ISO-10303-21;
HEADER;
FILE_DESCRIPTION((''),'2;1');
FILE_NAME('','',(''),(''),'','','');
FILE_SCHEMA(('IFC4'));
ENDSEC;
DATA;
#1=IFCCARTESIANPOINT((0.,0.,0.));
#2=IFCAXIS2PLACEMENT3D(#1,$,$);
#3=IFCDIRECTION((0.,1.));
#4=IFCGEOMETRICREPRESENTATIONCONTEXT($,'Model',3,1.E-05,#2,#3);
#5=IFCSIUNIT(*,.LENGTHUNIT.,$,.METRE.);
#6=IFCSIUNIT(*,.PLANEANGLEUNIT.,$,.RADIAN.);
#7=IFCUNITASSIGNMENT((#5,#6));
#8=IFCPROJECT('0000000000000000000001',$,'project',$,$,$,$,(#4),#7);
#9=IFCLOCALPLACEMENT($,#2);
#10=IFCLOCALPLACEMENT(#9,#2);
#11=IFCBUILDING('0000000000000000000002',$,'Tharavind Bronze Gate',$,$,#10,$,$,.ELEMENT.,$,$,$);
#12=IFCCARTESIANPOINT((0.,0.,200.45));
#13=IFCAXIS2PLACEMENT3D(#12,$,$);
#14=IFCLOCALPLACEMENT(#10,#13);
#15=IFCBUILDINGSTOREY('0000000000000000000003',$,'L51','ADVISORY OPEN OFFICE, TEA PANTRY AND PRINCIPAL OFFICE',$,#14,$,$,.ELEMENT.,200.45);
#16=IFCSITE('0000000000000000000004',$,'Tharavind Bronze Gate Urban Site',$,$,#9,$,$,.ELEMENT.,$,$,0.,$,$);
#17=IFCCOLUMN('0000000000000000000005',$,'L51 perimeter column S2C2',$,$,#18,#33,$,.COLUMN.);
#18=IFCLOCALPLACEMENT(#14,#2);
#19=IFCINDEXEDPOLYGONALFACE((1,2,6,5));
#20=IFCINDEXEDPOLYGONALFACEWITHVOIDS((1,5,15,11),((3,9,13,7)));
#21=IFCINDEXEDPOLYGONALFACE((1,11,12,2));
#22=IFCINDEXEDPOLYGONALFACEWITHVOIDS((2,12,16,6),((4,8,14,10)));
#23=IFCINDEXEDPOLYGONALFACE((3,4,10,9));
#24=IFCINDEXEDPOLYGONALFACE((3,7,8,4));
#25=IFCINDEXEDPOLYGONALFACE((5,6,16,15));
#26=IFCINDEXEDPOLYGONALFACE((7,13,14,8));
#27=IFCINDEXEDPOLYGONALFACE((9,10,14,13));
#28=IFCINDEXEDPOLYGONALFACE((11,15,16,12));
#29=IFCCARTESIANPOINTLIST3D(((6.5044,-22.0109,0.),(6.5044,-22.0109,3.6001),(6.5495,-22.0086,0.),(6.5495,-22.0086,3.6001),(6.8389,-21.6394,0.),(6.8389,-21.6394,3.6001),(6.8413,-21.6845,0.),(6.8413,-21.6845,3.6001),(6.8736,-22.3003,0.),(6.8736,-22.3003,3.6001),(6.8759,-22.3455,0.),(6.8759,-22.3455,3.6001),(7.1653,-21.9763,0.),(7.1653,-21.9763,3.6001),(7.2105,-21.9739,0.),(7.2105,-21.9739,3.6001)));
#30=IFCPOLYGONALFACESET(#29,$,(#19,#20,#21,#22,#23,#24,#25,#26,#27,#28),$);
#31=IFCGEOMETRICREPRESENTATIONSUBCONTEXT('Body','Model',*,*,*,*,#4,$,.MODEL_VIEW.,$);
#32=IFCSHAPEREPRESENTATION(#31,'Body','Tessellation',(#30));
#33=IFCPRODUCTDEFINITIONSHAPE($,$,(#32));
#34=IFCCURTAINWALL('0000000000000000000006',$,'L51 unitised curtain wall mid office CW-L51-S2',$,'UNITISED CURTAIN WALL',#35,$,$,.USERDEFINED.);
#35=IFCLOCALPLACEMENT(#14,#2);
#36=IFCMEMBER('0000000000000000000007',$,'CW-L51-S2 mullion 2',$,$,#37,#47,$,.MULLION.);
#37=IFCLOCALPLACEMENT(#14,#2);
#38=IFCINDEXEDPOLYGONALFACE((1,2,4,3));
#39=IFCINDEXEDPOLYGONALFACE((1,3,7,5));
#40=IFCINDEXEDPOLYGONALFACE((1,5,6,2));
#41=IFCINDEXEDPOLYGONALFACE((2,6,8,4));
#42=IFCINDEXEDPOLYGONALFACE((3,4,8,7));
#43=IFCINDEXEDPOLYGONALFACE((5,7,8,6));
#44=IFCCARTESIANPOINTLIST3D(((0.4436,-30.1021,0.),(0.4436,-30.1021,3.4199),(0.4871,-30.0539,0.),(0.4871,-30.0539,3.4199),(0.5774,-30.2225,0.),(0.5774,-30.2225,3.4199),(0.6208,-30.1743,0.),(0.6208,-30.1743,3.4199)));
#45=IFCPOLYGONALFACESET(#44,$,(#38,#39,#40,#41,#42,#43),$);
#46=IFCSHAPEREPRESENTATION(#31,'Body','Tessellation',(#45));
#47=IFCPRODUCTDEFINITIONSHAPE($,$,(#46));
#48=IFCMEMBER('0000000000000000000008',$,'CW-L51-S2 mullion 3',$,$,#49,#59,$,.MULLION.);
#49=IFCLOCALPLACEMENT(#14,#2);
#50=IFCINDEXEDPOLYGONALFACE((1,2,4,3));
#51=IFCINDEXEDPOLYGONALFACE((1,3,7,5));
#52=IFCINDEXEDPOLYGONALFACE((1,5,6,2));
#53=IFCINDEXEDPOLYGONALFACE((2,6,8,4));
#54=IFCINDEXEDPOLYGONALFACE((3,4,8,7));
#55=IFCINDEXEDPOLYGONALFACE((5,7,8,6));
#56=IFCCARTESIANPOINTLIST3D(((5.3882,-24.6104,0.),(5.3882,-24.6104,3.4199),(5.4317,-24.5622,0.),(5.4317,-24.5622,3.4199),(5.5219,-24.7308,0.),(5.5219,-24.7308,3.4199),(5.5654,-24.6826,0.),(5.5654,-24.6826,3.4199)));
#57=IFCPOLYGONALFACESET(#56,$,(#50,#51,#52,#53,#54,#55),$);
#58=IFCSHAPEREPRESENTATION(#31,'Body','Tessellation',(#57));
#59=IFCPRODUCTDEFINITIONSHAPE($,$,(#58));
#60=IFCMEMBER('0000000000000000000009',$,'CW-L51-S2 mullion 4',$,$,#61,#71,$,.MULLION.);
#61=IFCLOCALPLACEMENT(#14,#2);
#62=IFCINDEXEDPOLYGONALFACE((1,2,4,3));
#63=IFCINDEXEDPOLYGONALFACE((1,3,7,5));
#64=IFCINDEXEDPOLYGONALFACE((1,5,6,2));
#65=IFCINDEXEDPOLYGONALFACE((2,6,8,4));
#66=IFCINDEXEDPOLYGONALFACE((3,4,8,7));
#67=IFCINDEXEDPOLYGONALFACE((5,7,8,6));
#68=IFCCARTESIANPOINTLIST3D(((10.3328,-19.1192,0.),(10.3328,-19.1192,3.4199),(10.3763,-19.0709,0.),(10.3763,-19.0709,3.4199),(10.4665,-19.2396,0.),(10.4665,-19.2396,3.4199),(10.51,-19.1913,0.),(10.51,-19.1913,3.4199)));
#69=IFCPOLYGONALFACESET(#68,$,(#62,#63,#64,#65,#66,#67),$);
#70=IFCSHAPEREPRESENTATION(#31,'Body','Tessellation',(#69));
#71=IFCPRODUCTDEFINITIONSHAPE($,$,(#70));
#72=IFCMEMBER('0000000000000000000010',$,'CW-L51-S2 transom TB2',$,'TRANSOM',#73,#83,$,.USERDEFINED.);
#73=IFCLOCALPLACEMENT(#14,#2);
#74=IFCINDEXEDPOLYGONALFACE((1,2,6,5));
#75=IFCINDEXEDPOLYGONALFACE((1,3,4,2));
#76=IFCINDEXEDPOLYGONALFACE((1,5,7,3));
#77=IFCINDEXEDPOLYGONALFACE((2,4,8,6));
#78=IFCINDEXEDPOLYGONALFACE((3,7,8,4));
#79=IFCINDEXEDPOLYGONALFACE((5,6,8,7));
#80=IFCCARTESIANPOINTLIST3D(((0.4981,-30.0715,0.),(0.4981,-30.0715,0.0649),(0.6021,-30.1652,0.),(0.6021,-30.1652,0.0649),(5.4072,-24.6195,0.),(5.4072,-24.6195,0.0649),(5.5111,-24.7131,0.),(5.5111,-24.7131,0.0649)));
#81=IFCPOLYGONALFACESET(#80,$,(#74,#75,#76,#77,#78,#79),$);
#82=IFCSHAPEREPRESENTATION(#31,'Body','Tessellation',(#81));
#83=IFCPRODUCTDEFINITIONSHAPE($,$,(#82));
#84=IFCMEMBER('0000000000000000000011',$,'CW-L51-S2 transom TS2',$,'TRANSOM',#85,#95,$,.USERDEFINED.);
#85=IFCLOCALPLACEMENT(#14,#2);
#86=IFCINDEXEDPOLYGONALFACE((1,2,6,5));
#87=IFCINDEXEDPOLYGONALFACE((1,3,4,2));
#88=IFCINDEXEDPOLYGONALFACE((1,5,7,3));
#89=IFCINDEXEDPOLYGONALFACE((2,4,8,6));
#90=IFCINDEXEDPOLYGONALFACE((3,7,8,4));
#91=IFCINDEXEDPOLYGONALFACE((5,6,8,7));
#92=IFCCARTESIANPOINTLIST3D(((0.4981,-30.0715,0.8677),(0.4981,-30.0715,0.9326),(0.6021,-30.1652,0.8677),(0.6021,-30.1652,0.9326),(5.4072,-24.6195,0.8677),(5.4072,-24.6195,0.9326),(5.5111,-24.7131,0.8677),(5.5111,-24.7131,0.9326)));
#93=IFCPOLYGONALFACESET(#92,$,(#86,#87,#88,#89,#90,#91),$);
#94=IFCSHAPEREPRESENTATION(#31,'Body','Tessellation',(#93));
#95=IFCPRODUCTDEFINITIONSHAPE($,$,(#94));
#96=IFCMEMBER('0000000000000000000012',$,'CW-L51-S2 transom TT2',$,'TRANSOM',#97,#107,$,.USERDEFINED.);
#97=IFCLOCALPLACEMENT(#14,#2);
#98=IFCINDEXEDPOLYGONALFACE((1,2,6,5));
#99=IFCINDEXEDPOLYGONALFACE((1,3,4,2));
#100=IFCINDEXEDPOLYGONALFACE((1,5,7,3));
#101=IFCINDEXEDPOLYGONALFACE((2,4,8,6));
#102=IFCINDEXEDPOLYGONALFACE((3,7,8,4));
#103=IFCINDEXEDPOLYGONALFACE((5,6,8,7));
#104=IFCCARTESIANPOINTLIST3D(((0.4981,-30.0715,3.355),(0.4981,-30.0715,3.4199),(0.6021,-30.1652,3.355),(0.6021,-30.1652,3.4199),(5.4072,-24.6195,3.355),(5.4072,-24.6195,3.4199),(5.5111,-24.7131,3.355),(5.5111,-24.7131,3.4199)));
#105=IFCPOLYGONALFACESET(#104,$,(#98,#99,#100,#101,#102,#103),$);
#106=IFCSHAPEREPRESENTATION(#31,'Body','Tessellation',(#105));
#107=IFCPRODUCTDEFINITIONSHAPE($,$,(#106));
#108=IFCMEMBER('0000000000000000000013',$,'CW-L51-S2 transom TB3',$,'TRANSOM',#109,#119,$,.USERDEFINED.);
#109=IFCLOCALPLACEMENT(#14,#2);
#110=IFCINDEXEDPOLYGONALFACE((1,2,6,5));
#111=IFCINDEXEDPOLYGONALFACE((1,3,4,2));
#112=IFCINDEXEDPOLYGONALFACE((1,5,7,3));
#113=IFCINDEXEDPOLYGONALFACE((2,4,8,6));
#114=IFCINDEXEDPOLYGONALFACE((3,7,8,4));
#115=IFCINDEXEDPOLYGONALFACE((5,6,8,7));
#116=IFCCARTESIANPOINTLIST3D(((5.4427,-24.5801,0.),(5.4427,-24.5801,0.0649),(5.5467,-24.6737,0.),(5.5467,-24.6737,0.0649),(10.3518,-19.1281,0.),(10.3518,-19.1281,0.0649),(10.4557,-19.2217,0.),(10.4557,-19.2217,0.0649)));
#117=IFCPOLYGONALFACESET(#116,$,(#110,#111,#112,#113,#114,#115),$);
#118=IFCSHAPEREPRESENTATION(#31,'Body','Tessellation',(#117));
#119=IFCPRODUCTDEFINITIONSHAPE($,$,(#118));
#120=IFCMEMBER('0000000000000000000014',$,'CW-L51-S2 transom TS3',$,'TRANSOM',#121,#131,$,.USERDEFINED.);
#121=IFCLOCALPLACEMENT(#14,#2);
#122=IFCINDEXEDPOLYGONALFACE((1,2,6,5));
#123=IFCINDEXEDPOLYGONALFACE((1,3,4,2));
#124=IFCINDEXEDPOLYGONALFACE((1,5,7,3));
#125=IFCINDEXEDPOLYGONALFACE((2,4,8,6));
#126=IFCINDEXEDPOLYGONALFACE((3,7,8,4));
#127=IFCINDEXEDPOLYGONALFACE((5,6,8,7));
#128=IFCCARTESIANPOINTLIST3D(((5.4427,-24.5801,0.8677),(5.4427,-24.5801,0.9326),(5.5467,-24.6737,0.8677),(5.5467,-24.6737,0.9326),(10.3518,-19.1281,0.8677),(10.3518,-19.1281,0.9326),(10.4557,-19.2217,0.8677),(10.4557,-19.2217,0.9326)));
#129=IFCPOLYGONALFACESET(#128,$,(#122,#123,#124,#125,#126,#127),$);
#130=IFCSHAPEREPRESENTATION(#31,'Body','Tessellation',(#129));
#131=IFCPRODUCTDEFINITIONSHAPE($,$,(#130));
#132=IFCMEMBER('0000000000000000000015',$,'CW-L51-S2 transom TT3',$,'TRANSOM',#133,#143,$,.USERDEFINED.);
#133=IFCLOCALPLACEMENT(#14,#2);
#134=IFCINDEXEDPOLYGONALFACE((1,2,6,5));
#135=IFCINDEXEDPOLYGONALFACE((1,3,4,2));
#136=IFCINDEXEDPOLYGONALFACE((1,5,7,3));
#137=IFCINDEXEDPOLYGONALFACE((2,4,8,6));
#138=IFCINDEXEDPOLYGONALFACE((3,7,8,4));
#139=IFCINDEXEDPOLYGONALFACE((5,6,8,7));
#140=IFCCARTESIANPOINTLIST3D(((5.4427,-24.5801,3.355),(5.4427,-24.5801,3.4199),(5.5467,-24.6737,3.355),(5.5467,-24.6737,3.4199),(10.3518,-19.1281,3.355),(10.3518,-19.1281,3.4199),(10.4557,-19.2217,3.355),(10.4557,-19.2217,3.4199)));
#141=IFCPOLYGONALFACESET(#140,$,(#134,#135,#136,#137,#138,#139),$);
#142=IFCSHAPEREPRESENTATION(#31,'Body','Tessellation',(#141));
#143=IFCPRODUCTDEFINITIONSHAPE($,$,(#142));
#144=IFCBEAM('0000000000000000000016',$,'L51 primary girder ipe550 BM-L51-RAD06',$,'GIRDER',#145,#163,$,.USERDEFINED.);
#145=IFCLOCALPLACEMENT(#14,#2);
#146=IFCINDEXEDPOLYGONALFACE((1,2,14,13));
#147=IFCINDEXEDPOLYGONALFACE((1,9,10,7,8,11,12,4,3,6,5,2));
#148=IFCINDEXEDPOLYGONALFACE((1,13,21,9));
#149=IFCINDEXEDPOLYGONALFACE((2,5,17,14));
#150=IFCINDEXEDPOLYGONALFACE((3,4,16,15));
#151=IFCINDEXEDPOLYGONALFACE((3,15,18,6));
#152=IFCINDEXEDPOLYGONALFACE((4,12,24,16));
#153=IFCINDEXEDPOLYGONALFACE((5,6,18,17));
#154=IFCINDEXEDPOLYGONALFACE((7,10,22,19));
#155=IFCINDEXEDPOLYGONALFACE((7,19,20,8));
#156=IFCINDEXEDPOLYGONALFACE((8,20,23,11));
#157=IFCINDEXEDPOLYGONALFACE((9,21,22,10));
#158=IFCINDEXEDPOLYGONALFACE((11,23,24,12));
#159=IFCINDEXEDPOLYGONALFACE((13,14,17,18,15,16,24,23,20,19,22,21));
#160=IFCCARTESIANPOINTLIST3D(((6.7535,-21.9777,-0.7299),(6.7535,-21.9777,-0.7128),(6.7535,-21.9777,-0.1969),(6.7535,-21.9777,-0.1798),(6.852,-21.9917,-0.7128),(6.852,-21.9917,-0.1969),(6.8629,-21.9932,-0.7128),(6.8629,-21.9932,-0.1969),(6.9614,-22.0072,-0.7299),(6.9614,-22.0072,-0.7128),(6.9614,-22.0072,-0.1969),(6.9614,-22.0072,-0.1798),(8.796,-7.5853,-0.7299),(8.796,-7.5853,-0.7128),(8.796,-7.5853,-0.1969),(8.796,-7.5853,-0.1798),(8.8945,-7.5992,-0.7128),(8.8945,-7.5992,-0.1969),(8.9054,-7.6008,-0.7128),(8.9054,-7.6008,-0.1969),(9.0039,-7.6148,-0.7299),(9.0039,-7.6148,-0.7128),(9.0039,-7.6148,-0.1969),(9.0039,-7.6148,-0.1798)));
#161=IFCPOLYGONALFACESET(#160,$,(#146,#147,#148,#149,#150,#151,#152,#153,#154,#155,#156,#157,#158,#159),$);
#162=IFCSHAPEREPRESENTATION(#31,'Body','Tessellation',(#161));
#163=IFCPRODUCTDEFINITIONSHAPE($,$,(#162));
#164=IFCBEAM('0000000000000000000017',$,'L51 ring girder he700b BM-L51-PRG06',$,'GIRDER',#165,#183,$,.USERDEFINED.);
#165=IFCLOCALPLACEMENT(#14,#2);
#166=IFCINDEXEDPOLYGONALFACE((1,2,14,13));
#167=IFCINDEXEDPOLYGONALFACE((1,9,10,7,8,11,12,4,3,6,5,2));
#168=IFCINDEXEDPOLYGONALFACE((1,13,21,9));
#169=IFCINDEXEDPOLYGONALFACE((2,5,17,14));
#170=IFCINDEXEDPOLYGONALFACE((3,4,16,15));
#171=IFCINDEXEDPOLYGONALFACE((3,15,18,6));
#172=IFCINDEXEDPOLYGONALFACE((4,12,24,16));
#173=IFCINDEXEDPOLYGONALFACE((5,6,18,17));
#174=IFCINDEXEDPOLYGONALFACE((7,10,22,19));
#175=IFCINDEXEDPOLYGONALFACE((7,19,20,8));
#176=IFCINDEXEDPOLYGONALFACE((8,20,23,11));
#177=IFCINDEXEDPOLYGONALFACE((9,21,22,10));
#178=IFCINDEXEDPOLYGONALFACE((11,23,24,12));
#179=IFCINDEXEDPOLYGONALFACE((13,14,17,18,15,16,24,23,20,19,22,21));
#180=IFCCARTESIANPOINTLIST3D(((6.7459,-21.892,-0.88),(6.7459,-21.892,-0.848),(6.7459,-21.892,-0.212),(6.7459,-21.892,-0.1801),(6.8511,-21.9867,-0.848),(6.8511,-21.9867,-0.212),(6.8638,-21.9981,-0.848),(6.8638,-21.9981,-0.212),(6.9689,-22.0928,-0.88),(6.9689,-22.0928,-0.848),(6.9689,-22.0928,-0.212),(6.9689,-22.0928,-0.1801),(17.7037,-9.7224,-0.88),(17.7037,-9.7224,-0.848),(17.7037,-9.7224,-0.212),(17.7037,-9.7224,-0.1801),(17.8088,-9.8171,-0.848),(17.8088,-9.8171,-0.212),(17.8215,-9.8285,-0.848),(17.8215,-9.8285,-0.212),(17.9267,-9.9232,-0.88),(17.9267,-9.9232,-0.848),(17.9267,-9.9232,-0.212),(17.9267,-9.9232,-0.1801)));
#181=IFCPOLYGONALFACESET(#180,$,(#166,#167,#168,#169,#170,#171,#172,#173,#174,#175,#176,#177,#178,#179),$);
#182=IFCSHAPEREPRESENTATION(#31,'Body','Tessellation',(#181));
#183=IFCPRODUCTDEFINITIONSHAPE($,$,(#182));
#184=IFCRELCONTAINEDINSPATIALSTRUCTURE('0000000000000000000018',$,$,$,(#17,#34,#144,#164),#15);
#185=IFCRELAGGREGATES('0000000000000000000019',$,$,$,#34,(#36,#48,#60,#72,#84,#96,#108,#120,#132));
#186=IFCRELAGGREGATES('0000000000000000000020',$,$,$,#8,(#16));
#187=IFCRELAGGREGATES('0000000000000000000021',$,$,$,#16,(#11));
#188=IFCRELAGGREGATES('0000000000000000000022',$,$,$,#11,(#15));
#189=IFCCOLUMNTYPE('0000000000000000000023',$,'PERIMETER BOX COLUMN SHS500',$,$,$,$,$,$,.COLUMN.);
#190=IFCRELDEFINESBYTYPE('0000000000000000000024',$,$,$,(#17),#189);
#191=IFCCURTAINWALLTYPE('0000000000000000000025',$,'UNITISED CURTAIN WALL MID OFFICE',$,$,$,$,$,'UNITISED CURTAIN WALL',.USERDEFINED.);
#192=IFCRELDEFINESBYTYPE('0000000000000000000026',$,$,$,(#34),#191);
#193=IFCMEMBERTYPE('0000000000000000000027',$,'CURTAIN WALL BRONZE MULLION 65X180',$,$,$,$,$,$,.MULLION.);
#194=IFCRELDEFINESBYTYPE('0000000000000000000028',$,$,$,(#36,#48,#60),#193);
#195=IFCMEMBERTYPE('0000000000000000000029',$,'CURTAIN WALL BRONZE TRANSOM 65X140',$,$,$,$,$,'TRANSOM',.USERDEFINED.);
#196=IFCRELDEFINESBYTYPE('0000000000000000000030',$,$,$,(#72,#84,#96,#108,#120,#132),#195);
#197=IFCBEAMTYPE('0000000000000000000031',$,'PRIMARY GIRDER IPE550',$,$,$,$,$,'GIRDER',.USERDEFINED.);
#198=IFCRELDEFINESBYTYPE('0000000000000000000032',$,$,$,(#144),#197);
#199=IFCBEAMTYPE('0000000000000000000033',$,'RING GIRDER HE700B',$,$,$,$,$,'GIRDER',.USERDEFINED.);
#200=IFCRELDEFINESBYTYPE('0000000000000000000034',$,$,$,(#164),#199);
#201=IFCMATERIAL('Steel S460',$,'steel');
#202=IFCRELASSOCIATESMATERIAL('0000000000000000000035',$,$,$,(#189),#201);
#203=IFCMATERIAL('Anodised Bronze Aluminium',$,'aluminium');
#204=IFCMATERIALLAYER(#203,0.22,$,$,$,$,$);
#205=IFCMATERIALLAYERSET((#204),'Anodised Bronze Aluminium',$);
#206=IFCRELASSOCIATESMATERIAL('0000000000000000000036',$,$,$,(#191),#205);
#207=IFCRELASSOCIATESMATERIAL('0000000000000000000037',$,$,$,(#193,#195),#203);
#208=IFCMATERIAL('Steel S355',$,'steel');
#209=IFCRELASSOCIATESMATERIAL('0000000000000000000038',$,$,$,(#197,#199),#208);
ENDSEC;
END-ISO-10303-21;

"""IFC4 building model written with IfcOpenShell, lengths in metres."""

from ifc_helpers import new_model, si_unit, direction, frame, origin, origin_2d, place, context, subcontext, project, spatial, rectangle, hollow_rectangle, i_section, extrude, material, layer, layer_set, material_profile, profile_set, type_object, element, aggregate, save


model = new_model("IFC4")

# Units and contexts
model_context = context("Model", 3, precision=1e-05, world=origin(), true_north=direction((0.0, 1.0)))
body_context = subcontext(model_context, "Body", "Model", "MODEL_VIEW")
ifc_project = project(units=[si_unit("LENGTHUNIT", "METRE"), si_unit("PLANEANGLEUNIT", "RADIAN")], contexts=[model_context])

# Site, building, storey
site_placement = place(None, origin())
site = spatial("IfcSite", under=ifc_project, at=site_placement, Name="Tharavind Bronze Gate Urban Site", CompositionType="ELEMENT", RefElevation=0.0)
building_placement = place(site_placement, origin())
building = spatial("IfcBuilding", under=site, at=building_placement, Name="Tharavind Bronze Gate", CompositionType="ELEMENT")
storey_placement = place(building_placement, frame((0.0, 0.0, 200.45)))
storey = spatial("IfcBuildingStorey", under=building, at=storey_placement, Name="L51", Description="ADVISORY OPEN OFFICE, TEA PANTRY AND PRINCIPAL OFFICE", CompositionType="ELEMENT", Elevation=200.45)

# Column
ifc_material_1 = material(Name="Steel S460", Category="steel")
ifc_material_profile_1 = material_profile(ifc_material_1, hollow_rectangle(XDim=0.5, YDim=0.5, WallThickness=0.032, at=origin_2d()), Name="SHS500X32")
ifc_profile_set_1 = profile_set([ifc_material_profile_1], Name="Steel S460")
column_type = type_object("IfcColumnType", Name="PERIMETER BOX COLUMN SHS500", PredefinedType="COLUMN", material=ifc_profile_set_1)
column_placement = place(storey_placement, frame((6.8574, -21.9924, 0.0), z_axis=(0.0, 0.0, 1.0), x_axis=(0.669131, 0.743145, 0.0)))
element("IfcColumn", 1, at=column_placement, inside=storey, type_object=column_type, Name="L51 perimeter column S2C2", PredefinedType="COLUMN", context=body_context, shape_type="SweptSolid", body=[
    extrude(hollow_rectangle(XDim=0.5, YDim=0.5, WallThickness=0.032, at=origin_2d()), origin(), (0.0, 0.0, 1.0), 3.6001),
])

# Curtain wall, members
ifc_material_2 = material(Name="Anodised Bronze Aluminium", Category="aluminium")
ifc_layer_1 = layer(ifc_material_2, 0.22)
ifc_layer_set_1 = layer_set([ifc_layer_1], Name="Anodised Bronze Aluminium")
curtain_wall_type = type_object("IfcCurtainWallType", Name="UNITISED CURTAIN WALL MID OFFICE", ElementType="UNITISED CURTAIN WALL", PredefinedType="USERDEFINED", material=ifc_layer_set_1)
curtain_wall_placement = place(storey_placement, origin())
curtain_wall = element("IfcCurtainWall", 2, at=curtain_wall_placement, inside=storey, type_object=curtain_wall_type, Name="L51 unitised curtain wall mid office CW-L51-S2", ObjectType="UNITISED CURTAIN WALL", PredefinedType="USERDEFINED")
member_type_1 = type_object("IfcMemberType", Name="CURTAIN WALL BRONZE MULLION 65X180", PredefinedType="MULLION", material=ifc_material_2)
member_1_placement = place(storey_placement, frame((0.5322, -30.1382, 0.0), z_axis=(0.0, 0.0, 1.0), x_axis=(0.669131, 0.743145, 0.0)))
member_1 = element("IfcMember", 3, at=member_1_placement, type_object=member_type_1, Name="CW-L51-S2 mullion 2", PredefinedType="MULLION", context=body_context, shape_type="SweptSolid", body=[
    extrude(rectangle(XDim=0.0649, YDim=0.1799, at=origin_2d()), origin(), (0.0, 0.0, 1.0), 3.4199),
])
member_2_placement = place(storey_placement, frame((5.4768, -24.6465, 0.0), z_axis=(0.0, 0.0, 1.0), x_axis=(0.669131, 0.743145, 0.0)))
member_2 = element("IfcMember", 4, at=member_2_placement, type_object=member_type_1, Name="CW-L51-S2 mullion 3", PredefinedType="MULLION", context=body_context, shape_type="SweptSolid", body=[
    extrude(rectangle(XDim=0.0649, YDim=0.1799, at=origin_2d()), origin(), (0.0, 0.0, 1.0), 3.4199),
])
member_3_placement = place(storey_placement, frame((10.4214, -19.1553, 0.0), z_axis=(0.0, 0.0, 1.0), x_axis=(0.669131, 0.743145, 0.0)))
member_3 = element("IfcMember", 5, at=member_3_placement, type_object=member_type_1, Name="CW-L51-S2 mullion 4", PredefinedType="MULLION", context=body_context, shape_type="SweptSolid", body=[
    extrude(rectangle(XDim=0.0649, YDim=0.1799, at=origin_2d()), origin(), (0.0, 0.0, 1.0), 3.4199),
])
member_type_2 = type_object("IfcMemberType", Name="CURTAIN WALL BRONZE TRANSOM 65X140", ElementType="TRANSOM", PredefinedType="USERDEFINED", material=ifc_material_2)
member_4_placement = place(storey_placement, frame((3.0046, -27.3923, 0.0), z_axis=(0.0, 0.0, 1.0), x_axis=(0.669131, 0.743145, 0.0)))
member_4 = element("IfcMember", 6, at=member_4_placement, type_object=member_type_2, Name="CW-L51-S2 transom TB2", ObjectType="TRANSOM", PredefinedType="USERDEFINED", context=body_context, shape_type="SweptSolid", body=[
    extrude(rectangle(XDim=7.3364, YDim=0.1399, at=origin_2d()), origin(), (0.0, 0.0, 1.0), 0.0649),
])
member_5_placement = place(storey_placement, frame((3.0046, -27.3923, 0.8677), z_axis=(0.0, 0.0, 1.0), x_axis=(0.669131, 0.743145, 0.0)))
member_5 = element("IfcMember", 7, at=member_5_placement, type_object=member_type_2, Name="CW-L51-S2 transom TS2", ObjectType="TRANSOM", PredefinedType="USERDEFINED", context=body_context, shape_type="SweptSolid", body=[
    extrude(rectangle(XDim=7.3364, YDim=0.1399, at=origin_2d()), origin(), (0.0, 0.0, 1.0), 0.0649),
])
member_6_placement = place(storey_placement, frame((3.0046, -27.3923, 3.355), z_axis=(0.0, 0.0, 1.0), x_axis=(0.669131, 0.743145, 0.0)))
member_6 = element("IfcMember", 8, at=member_6_placement, type_object=member_type_2, Name="CW-L51-S2 transom TT2", ObjectType="TRANSOM", PredefinedType="USERDEFINED", context=body_context, shape_type="SweptSolid", body=[
    extrude(rectangle(XDim=7.3364, YDim=0.1399, at=origin_2d()), origin(), (0.0, 0.0, 1.0), 0.0649),
])
member_7_placement = place(storey_placement, frame((7.9492, -21.9009, 0.0), z_axis=(0.0, 0.0, 1.0), x_axis=(0.669131, 0.743145, 0.0)))
member_7 = element("IfcMember", 9, at=member_7_placement, type_object=member_type_2, Name="CW-L51-S2 transom TB3", ObjectType="TRANSOM", PredefinedType="USERDEFINED", context=body_context, shape_type="SweptSolid", body=[
    extrude(rectangle(XDim=7.3364, YDim=0.1399, at=origin_2d()), origin(), (0.0, 0.0, 1.0), 0.0649),
])
member_8_placement = place(storey_placement, frame((7.9492, -21.9009, 0.8677), z_axis=(0.0, 0.0, 1.0), x_axis=(0.669131, 0.743145, 0.0)))
member_8 = element("IfcMember", 10, at=member_8_placement, type_object=member_type_2, Name="CW-L51-S2 transom TS3", ObjectType="TRANSOM", PredefinedType="USERDEFINED", context=body_context, shape_type="SweptSolid", body=[
    extrude(rectangle(XDim=7.3364, YDim=0.1399, at=origin_2d()), origin(), (0.0, 0.0, 1.0), 0.0649),
])
member_9_placement = place(storey_placement, frame((7.9492, -21.9009, 3.355), z_axis=(0.0, 0.0, 1.0), x_axis=(0.669131, 0.743145, 0.0)))
member_9 = element("IfcMember", 11, at=member_9_placement, type_object=member_type_2, Name="CW-L51-S2 transom TT3", ObjectType="TRANSOM", PredefinedType="USERDEFINED", context=body_context, shape_type="SweptSolid", body=[
    extrude(rectangle(XDim=7.3364, YDim=0.1399, at=origin_2d()), origin(), (0.0, 0.0, 1.0), 0.0649),
])

# Beams
ifc_material_3 = material(Name="Steel S355", Category="steel")
ifc_material_profile_2 = material_profile(ifc_material_3, i_section(OverallWidth=0.21, OverallDepth=0.55, WebThickness=0.011, FlangeThickness=0.0171, at=origin_2d()), Name="IPE550")
ifc_profile_set_2 = profile_set([ifc_material_profile_2], Name="Steel S355")
beam_type_1 = type_object("IfcBeamType", Name="PRIMARY GIRDER IPE550", ElementType="GIRDER", PredefinedType="USERDEFINED", material=ifc_profile_set_2)
beam_1_placement = place(storey_placement, frame((6.8574, -21.9924, -0.4548), z_axis=(0.140507, 0.99008, 0.0), x_axis=(-0.99008, 0.140507, 0.0)))
element("IfcBeam", 12, at=beam_1_placement, inside=storey, type_object=beam_type_1, Name="L51 primary girder ipe550 BM-L51-RAD06", ObjectType="GIRDER", PredefinedType="USERDEFINED", context=body_context, shape_type="SweptSolid", body=[
    extrude(i_section(OverallWidth=0.21, OverallDepth=0.55, WebThickness=0.011, FlangeThickness=0.0171, at=origin_2d()), origin(), (0.0, 0.0, 1.0), 14.5366),
])
ifc_material_profile_3 = material_profile(ifc_material_3, i_section(OverallWidth=0.3, OverallDepth=0.7, WebThickness=0.0171, FlangeThickness=0.032, at=origin_2d()), Name="HE700B")
ifc_profile_set_3 = profile_set([ifc_material_profile_3], Name="Steel S355")
beam_type_2 = type_object("IfcBeamType", Name="RING GIRDER HE700B", ElementType="GIRDER", PredefinedType="USERDEFINED", material=ifc_profile_set_3)
beam_2_placement = place(storey_placement, frame((6.8574, -21.9924, -0.53), z_axis=(0.669135, 0.743141, 0.0), x_axis=(-0.743141, 0.669135, 0.0)))
element("IfcBeam", 13, at=beam_2_placement, inside=storey, type_object=beam_type_2, Name="L51 ring girder he700b BM-L51-PRG06", ObjectType="GIRDER", PredefinedType="USERDEFINED", context=body_context, shape_type="SweptSolid", body=[
    extrude(i_section(OverallWidth=0.3, OverallDepth=0.7, WebThickness=0.0171, FlangeThickness=0.032, at=origin_2d()), origin(), (0.0, 0.0, 1.0), 16.376),
])

aggregate(curtain_wall, [member_1, member_2, member_3, member_4, member_5, member_6, member_7, member_8, member_9])

save(model, "model.ifc")
